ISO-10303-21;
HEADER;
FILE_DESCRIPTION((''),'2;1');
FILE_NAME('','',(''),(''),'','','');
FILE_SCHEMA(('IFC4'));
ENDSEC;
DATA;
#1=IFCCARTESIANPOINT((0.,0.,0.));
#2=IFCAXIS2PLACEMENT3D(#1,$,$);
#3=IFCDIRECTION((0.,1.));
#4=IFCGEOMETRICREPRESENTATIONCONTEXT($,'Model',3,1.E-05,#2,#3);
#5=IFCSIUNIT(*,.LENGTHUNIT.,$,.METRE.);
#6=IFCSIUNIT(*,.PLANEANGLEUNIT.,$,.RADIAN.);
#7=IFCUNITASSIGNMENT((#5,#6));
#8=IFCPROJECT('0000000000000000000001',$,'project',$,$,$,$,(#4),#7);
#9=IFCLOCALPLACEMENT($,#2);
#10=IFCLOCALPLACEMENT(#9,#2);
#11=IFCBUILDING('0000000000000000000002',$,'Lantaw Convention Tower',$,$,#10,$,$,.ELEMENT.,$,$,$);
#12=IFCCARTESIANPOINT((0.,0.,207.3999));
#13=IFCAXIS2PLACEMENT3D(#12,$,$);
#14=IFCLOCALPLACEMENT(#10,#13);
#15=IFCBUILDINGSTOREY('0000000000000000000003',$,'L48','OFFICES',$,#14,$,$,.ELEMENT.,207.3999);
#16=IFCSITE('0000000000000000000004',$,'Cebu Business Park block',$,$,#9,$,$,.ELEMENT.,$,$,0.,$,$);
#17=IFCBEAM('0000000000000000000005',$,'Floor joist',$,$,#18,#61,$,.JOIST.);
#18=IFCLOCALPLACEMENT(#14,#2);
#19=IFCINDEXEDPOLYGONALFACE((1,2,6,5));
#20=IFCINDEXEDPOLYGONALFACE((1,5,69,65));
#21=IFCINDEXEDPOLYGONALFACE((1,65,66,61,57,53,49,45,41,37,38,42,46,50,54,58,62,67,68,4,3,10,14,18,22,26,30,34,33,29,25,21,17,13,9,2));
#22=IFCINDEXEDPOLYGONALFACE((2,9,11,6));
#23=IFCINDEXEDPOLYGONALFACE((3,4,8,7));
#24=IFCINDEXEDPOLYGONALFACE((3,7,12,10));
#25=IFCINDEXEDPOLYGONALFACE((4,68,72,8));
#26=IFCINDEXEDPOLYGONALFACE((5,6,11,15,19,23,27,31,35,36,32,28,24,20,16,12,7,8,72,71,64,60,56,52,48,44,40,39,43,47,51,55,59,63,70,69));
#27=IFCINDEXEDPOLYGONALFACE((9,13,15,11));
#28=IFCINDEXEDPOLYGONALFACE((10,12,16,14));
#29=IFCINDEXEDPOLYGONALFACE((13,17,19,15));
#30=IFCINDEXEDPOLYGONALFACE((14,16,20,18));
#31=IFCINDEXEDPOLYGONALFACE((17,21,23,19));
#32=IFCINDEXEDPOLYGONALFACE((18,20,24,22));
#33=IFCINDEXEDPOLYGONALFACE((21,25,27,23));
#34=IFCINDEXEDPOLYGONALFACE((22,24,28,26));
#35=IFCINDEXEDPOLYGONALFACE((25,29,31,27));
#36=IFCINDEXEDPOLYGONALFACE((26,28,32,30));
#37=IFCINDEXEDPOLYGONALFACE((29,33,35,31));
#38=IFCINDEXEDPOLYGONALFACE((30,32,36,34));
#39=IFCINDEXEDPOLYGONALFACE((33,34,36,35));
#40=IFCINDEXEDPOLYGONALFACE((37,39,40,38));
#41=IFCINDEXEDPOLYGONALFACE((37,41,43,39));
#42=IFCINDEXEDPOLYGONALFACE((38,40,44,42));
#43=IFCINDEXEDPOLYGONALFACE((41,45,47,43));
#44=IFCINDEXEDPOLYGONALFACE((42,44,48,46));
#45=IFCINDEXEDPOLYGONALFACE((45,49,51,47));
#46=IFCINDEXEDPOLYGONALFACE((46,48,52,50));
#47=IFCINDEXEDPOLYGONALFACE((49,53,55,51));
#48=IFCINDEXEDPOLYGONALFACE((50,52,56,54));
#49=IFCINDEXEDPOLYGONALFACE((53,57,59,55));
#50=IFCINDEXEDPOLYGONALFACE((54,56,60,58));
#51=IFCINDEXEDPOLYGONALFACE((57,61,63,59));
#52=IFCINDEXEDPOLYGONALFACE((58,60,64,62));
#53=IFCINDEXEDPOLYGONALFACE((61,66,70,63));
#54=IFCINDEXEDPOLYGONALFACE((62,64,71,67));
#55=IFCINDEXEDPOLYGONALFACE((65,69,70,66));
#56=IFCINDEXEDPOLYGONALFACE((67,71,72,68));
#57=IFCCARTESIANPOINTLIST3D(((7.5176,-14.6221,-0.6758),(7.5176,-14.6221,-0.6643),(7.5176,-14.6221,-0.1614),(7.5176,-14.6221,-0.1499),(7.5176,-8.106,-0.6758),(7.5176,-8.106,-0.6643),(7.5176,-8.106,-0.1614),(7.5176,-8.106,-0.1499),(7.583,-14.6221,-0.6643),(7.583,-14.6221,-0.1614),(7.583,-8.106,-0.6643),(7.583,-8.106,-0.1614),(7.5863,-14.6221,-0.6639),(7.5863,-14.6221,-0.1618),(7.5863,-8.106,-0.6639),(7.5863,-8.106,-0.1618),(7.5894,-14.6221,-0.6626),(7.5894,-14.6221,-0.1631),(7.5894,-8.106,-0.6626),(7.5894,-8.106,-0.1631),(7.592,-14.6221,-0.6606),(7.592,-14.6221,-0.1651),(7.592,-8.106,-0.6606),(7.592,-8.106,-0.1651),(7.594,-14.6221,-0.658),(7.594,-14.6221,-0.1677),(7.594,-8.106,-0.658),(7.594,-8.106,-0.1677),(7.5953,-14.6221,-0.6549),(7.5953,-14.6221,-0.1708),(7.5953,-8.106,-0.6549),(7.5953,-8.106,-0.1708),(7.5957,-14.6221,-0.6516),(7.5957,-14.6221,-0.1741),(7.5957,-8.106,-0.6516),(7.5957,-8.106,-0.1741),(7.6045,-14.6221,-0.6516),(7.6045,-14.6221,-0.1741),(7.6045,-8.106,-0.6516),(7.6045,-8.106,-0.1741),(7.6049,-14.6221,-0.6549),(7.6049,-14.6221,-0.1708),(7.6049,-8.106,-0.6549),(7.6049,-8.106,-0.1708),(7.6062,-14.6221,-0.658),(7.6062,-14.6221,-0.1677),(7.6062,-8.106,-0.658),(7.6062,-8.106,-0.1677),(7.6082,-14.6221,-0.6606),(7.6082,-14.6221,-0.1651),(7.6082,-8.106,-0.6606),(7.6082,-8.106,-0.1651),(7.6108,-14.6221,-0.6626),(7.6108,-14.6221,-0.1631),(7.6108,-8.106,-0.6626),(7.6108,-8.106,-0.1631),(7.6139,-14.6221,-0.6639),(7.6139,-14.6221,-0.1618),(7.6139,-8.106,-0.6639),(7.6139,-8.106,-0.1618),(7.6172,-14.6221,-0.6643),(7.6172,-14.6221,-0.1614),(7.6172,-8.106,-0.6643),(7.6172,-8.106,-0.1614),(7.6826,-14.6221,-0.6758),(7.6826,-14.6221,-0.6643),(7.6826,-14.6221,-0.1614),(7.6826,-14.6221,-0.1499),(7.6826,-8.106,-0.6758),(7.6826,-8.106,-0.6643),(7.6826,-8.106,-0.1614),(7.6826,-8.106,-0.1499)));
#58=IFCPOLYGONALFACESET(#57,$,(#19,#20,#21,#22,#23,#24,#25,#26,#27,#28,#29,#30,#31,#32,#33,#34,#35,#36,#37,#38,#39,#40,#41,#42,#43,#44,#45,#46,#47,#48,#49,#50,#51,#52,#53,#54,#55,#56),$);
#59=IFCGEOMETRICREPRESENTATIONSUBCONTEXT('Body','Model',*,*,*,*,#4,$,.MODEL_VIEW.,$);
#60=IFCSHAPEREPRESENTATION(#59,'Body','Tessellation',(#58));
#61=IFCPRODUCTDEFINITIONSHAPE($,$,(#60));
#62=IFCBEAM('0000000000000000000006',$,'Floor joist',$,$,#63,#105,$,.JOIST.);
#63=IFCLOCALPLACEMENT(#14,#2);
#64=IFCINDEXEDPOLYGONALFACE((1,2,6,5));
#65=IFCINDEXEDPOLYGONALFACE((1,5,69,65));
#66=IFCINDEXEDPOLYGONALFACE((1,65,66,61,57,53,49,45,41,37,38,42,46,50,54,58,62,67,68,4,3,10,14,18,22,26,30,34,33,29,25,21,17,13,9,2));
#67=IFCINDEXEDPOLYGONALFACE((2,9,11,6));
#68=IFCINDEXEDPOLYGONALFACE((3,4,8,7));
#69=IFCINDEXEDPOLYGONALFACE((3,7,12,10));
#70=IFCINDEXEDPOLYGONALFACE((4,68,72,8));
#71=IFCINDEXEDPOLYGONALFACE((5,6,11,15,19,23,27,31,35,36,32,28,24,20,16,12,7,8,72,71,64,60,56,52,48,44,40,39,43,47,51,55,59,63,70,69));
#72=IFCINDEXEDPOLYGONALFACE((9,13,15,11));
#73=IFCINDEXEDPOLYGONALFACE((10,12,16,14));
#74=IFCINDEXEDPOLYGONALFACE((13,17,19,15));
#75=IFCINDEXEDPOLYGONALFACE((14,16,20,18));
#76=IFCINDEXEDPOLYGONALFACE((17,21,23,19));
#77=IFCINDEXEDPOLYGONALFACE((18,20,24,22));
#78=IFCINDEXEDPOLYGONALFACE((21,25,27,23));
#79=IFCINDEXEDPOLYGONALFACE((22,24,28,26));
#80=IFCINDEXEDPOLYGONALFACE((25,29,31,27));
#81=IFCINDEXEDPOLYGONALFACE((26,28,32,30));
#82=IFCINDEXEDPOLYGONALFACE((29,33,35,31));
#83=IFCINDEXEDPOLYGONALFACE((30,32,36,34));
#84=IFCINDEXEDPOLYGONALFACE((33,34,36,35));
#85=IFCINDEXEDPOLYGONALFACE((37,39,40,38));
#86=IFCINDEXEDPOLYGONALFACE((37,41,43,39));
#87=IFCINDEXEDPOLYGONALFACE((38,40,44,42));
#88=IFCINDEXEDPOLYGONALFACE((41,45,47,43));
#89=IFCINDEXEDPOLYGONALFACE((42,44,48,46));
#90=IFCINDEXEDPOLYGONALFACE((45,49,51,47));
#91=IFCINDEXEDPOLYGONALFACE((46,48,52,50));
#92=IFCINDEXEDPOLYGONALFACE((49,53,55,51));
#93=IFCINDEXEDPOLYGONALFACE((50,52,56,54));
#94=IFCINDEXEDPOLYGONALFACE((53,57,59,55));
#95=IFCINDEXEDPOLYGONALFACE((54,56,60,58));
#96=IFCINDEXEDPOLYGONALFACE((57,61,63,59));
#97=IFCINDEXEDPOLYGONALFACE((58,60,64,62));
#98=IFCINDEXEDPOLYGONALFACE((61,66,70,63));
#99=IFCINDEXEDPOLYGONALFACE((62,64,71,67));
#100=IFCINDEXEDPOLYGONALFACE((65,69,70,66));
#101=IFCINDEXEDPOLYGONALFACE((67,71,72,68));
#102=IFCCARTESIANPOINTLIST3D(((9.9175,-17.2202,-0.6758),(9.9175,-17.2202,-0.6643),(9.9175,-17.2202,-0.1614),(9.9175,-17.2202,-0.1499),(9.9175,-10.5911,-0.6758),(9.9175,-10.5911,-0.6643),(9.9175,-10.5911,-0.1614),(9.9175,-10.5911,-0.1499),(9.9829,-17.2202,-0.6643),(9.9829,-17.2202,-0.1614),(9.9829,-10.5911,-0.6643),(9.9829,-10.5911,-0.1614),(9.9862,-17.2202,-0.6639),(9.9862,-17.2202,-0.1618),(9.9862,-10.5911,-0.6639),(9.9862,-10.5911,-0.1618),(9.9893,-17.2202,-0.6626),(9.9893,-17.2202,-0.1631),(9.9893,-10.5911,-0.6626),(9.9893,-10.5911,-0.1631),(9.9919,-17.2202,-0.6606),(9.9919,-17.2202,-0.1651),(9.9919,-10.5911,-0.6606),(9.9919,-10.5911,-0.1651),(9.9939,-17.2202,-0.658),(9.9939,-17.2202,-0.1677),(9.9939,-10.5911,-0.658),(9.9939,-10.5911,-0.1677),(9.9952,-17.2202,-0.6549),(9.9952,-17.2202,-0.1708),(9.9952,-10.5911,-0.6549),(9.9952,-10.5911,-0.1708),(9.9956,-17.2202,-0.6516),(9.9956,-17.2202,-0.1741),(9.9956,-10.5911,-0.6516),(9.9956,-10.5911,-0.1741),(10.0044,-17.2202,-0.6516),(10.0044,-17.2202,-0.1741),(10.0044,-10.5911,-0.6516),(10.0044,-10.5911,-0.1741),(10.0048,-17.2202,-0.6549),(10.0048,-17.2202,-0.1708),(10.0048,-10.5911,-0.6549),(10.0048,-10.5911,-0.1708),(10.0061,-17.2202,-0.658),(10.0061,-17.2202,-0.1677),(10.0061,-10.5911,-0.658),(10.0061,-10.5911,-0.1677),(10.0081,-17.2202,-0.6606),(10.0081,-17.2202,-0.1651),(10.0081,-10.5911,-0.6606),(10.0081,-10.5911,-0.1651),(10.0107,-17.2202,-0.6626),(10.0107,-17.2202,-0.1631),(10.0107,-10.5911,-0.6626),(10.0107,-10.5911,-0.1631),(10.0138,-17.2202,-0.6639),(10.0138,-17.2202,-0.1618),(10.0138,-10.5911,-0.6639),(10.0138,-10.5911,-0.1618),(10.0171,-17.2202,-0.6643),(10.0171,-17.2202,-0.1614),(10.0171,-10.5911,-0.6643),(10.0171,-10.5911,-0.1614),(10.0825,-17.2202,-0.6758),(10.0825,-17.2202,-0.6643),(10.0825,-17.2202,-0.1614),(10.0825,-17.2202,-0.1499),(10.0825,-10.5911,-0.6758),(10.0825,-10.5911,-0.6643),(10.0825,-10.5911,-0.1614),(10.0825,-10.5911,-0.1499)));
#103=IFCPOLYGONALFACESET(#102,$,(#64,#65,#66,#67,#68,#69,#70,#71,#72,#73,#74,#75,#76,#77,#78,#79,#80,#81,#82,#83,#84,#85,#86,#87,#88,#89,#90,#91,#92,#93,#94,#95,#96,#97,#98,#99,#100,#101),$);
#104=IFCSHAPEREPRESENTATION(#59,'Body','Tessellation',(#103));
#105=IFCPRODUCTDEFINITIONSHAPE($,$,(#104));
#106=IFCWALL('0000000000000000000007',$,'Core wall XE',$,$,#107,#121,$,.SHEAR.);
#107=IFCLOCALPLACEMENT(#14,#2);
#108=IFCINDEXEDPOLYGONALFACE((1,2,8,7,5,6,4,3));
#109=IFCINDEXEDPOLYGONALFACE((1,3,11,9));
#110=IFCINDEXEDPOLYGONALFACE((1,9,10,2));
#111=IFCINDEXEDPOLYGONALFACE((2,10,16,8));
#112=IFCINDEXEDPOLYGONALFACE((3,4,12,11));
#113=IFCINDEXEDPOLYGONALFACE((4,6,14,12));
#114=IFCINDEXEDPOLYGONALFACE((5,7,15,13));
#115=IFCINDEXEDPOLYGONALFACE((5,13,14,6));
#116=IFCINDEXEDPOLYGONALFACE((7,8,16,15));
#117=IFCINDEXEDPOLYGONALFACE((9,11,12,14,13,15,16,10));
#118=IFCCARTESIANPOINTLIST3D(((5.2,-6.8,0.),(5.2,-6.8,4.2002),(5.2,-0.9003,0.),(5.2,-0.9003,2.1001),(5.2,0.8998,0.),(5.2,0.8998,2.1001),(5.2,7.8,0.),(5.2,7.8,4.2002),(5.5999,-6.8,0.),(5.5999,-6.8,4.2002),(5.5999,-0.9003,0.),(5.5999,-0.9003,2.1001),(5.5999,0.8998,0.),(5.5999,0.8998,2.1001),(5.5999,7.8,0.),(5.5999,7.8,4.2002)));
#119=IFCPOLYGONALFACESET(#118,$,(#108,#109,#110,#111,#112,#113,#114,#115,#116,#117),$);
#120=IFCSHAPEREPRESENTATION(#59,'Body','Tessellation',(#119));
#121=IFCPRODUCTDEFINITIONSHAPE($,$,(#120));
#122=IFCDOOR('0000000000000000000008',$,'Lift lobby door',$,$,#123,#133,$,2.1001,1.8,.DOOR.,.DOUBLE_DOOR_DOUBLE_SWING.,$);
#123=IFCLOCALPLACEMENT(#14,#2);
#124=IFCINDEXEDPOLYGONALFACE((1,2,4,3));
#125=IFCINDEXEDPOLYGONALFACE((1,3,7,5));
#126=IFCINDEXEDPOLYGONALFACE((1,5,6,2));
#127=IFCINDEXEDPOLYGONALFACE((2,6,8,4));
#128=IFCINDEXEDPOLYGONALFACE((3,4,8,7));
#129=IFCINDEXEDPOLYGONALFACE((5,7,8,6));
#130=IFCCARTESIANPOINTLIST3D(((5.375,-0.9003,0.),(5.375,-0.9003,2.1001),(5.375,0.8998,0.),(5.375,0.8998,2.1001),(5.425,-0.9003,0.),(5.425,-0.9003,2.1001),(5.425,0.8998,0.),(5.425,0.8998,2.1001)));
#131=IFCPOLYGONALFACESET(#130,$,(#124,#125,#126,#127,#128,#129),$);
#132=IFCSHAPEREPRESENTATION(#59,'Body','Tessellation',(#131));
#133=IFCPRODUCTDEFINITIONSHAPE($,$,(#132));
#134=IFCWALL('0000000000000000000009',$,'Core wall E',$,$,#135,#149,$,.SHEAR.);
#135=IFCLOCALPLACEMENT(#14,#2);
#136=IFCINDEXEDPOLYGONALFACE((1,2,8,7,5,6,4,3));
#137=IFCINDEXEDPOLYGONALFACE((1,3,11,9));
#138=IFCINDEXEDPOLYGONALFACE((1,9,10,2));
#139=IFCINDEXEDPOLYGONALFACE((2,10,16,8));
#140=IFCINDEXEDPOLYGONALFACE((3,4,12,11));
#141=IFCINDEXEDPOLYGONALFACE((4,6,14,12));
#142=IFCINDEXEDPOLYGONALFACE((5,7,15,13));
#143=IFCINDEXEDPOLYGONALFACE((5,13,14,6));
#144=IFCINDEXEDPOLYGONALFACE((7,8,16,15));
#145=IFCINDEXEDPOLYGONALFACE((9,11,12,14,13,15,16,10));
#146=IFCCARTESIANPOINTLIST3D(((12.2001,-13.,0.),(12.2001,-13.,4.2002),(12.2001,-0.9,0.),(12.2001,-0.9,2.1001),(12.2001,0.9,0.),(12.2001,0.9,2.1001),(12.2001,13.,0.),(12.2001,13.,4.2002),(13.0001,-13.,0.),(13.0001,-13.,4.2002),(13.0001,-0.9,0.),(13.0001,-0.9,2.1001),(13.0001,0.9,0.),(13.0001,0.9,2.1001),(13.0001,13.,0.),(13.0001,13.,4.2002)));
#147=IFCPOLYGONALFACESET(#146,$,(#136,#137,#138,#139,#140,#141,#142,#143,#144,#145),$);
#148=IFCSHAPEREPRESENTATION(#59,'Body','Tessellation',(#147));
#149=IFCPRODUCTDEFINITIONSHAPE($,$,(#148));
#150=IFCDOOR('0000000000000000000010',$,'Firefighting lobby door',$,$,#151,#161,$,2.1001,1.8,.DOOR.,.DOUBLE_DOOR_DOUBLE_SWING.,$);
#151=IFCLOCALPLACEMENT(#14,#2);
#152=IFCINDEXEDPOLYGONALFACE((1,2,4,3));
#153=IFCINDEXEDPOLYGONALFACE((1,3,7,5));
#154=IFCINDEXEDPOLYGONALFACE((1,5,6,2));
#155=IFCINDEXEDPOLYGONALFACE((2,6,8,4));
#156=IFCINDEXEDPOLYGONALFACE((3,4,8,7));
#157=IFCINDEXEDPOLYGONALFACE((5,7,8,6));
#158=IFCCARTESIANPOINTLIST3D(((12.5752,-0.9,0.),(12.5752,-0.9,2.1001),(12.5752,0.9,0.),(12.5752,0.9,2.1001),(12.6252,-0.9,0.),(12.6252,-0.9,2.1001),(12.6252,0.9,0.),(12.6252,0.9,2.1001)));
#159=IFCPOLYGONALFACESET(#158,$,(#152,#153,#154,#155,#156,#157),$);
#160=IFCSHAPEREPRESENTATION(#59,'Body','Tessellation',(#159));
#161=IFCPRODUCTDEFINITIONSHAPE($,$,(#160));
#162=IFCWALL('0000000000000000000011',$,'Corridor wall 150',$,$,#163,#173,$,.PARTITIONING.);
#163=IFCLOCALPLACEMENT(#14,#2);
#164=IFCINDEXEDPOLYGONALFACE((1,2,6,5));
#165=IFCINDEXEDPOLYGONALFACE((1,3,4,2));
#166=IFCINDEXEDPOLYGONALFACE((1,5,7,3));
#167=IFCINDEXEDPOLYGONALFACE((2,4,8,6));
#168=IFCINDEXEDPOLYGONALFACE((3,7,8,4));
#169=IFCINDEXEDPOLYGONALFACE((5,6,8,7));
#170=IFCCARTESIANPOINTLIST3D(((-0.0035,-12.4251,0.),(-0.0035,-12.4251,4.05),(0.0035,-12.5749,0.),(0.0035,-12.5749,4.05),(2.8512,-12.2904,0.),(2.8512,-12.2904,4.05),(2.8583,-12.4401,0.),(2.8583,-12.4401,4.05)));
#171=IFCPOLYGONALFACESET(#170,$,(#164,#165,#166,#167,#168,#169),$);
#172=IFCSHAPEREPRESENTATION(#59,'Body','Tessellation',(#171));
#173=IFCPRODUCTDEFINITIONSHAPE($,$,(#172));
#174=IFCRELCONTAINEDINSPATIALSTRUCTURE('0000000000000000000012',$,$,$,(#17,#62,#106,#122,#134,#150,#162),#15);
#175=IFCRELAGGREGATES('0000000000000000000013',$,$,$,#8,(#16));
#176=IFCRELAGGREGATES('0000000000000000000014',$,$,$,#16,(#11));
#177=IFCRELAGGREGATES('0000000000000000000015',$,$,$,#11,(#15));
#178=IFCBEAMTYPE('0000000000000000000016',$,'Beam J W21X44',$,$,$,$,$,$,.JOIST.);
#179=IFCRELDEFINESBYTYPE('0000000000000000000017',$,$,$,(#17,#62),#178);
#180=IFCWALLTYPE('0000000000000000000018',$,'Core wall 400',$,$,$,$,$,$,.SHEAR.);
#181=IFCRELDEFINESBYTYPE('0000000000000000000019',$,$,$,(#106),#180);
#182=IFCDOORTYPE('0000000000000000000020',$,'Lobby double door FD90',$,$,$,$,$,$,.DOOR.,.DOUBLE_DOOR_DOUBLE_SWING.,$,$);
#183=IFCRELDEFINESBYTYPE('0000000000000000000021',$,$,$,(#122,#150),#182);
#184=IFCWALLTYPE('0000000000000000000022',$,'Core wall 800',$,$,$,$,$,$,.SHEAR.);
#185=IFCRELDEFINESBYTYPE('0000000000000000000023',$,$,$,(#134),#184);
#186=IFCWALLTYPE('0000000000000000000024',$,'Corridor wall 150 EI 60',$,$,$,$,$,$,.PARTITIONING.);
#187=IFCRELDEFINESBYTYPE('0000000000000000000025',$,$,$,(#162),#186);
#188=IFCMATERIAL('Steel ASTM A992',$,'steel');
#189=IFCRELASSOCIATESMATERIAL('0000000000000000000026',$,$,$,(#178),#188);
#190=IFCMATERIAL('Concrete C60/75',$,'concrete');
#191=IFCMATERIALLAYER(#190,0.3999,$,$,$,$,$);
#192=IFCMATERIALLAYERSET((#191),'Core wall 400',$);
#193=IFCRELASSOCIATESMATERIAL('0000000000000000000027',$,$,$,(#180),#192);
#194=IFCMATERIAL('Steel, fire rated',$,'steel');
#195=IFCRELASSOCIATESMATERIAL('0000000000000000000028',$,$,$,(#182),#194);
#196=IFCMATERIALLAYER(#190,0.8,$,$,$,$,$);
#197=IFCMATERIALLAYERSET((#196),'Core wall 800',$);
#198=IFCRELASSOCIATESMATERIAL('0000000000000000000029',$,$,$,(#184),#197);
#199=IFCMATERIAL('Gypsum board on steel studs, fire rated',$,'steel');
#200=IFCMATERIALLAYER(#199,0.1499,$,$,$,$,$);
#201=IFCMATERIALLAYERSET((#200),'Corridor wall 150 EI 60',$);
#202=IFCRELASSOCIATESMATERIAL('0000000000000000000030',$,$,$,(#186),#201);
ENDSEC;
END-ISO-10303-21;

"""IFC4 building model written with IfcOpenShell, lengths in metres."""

from ifc_helpers import new_model, si_unit, direction, frame, frame_2d, origin, origin_2d, place, context, subcontext, project, spatial, rectangle, i_section, extrude, material, layer, layer_set, material_profile, profile_set, type_object, element, fill, save


model = new_model("IFC4")

# Units and contexts
model_context = context("Model", 3, precision=1e-05, world=origin(), true_north=direction((0.0, 1.0)))
body_context = subcontext(model_context, "Body", "Model", "MODEL_VIEW")
ifc_project = project(units=[si_unit("LENGTHUNIT", "METRE"), si_unit("PLANEANGLEUNIT", "RADIAN")], contexts=[model_context])

# Site, building, storey
site_placement = place(None, origin())
site = spatial("IfcSite", under=ifc_project, at=site_placement, Name="Cebu Business Park block", CompositionType="ELEMENT", RefElevation=0.0)
building_placement = place(site_placement, origin())
building = spatial("IfcBuilding", under=site, at=building_placement, Name="Lantaw Convention Tower", CompositionType="ELEMENT")
storey_placement = place(building_placement, frame((0.0, 0.0, 207.3999)))
storey = spatial("IfcBuildingStorey", under=building, at=storey_placement, Name="L48", Description="OFFICES", CompositionType="ELEMENT", Elevation=207.3999)

# Beams
ifc_material_1 = material(Name="Steel ASTM A992", Category="steel")
ifc_material_profile_1 = material_profile(ifc_material_1, i_section(OverallWidth=0.165, OverallDepth=0.5259, WebThickness=0.0088, FlangeThickness=0.0115, FilletRadius=0.0127, at=origin_2d()), Name="W21X44")
ifc_profile_set_1 = profile_set([ifc_material_profile_1], Name="Steel ASTM A992")
beam_type_1 = type_object("IfcBeamType", Name="Beam J W21X44", PredefinedType="JOIST", material=ifc_profile_set_1)
beam_1_placement = place(storey_placement, frame((7.6001, -14.6221, -0.4128), z_axis=(0.0, 1.0, 0.0), x_axis=(-1.0, 0.0, 0.0)))
element("IfcBeam", 1, at=beam_1_placement, inside=storey, type_object=beam_type_1, Name="Floor joist", PredefinedType="JOIST", context=body_context, shape_type="SweptSolid", body=[
    extrude(i_section(OverallWidth=0.165, OverallDepth=0.5259, WebThickness=0.0088, FlangeThickness=0.0115, FilletRadius=0.0127, at=origin_2d()), origin(), (0.0, 0.0, 1.0), 6.5161),
])
beam_2_placement = place(storey_placement, frame((10.0, -17.2202, -0.4128), z_axis=(0.0, 1.0, 0.0), x_axis=(-1.0, 0.0, 0.0)))
element("IfcBeam", 2, at=beam_2_placement, inside=storey, type_object=beam_type_1, Name="Floor joist", PredefinedType="JOIST", context=body_context, shape_type="SweptSolid", body=[
    extrude(i_section(OverallWidth=0.165, OverallDepth=0.5259, WebThickness=0.0088, FlangeThickness=0.0115, FilletRadius=0.0127, at=origin_2d()), origin(), (0.0, 0.0, 1.0), 6.6292),
])

# Walls, openings, doors
ifc_material_2 = material(Name="Concrete C60/75", Category="concrete")
ifc_layer_1 = layer(ifc_material_2, 0.3999)
ifc_layer_set_1 = layer_set([ifc_layer_1], Name="Core wall 400")
wall_type_1 = type_object("IfcWallType", Name="Core wall 400", PredefinedType="SHEAR", material=ifc_layer_set_1)
wall_1_placement = place(storey_placement, frame((5.3999, -6.8, 0.0), z_axis=(0.0, 0.0, 1.0), x_axis=(0.0, 1.0, 0.0)))
wall_1 = element("IfcWall", 3, at=wall_1_placement, inside=storey, type_object=wall_type_1, Name="Core wall XE", PredefinedType="SHEAR", context=body_context, shape_type="SweptSolid", body=[
    extrude(rectangle(XDim=14.6001, YDim=0.3999, at=frame_2d((7.3, 0.0))), origin(), (0.0, 0.0, 1.0), 4.2002),
])
opening_1_placement = place(wall_1_placement, frame((5.8999, 0.0, 0.0)))
opening_1 = element("IfcOpeningElement", 4, at=opening_1_placement, cuts=wall_1, PredefinedType="OPENING", context=body_context, shape_type="SweptSolid", body=[
    extrude(rectangle(XDim=1.8, YDim=2.1001, at=frame_2d((0.8999, 1.05))), frame((0.0, 0.21, 0.0), z_axis=(0.0, -1.0, 0.0), x_axis=(1.0, 0.0, 0.0)), (0.0, 0.0, 1.0), 0.4199),
])
ifc_material_3 = material(Name="Steel, fire rated", Category="steel")
door_type_1 = type_object("IfcDoorType", Name="Lobby double door FD90", OperationType="DOUBLE_DOOR_DOUBLE_SWING", PredefinedType="DOOR", material=ifc_material_3)
door_1_placement = place(opening_1_placement, origin())
door_1 = element("IfcDoor", 5, at=door_1_placement, inside=storey, type_object=door_type_1, Name="Lift lobby door", OperationType="DOUBLE_DOOR_DOUBLE_SWING", OverallHeight=2.1001, OverallWidth=1.8, PredefinedType="DOOR", context=body_context, shape_type="SweptSolid", body=[
    extrude(rectangle(XDim=1.8, YDim=2.1001, at=frame_2d((0.8999, 1.05))), frame((0.0, 0.0249, 0.0), z_axis=(0.0, -1.0, 0.0), x_axis=(1.0, 0.0, 0.0)), (0.0, 0.0, 1.0), 0.05),
])
fill(opening_1, door_1)
ifc_layer_2 = layer(ifc_material_2, 0.8)
ifc_layer_set_2 = layer_set([ifc_layer_2], Name="Core wall 800")
wall_type_2 = type_object("IfcWallType", Name="Core wall 800", PredefinedType="SHEAR", material=ifc_layer_set_2)
wall_2_placement = place(storey_placement, frame((12.6001, -13.0, 0.0), z_axis=(0.0, 0.0, 1.0), x_axis=(0.0, 1.0, 0.0)))
wall_2 = element("IfcWall", 6, at=wall_2_placement, inside=storey, type_object=wall_type_2, Name="Core wall E", PredefinedType="SHEAR", context=body_context, shape_type="SweptSolid", body=[
    extrude(rectangle(XDim=26.0, YDim=0.8, at=frame_2d((13.0, 0.0))), origin(), (0.0, 0.0, 1.0), 4.2002),
])
opening_2_placement = place(wall_2_placement, frame((12.1001, 0.0, 0.0)))
opening_2 = element("IfcOpeningElement", 7, at=opening_2_placement, cuts=wall_2, PredefinedType="OPENING", context=body_context, shape_type="SweptSolid", body=[
    extrude(rectangle(XDim=1.8, YDim=2.1001, at=frame_2d((0.8999, 1.05))), frame((0.0, 0.4099, 0.0), z_axis=(0.0, -1.0, 0.0), x_axis=(1.0, 0.0, 0.0)), (0.0, 0.0, 1.0), 0.8201),
])
door_2_placement = place(opening_2_placement, origin())
door_2 = element("IfcDoor", 8, at=door_2_placement, inside=storey, type_object=door_type_1, Name="Firefighting lobby door", OperationType="DOUBLE_DOOR_DOUBLE_SWING", OverallHeight=2.1001, OverallWidth=1.8, PredefinedType="DOOR", context=body_context, shape_type="SweptSolid", body=[
    extrude(rectangle(XDim=1.8, YDim=2.1001, at=frame_2d((0.8999, 1.05))), frame((0.0, 0.0249, 0.0), z_axis=(0.0, -1.0, 0.0), x_axis=(1.0, 0.0, 0.0)), (0.0, 0.0, 1.0), 0.05),
])
fill(opening_2, door_2)

# Wall
ifc_material_4 = material(Name="Gypsum board on steel studs, fire rated", Category="steel")
ifc_layer_3 = layer(ifc_material_4, 0.1499)
ifc_layer_set_3 = layer_set([ifc_layer_3], Name="Corridor wall 150 EI 60")
wall_type_3 = type_object("IfcWallType", Name="Corridor wall 150 EI 60", PredefinedType="PARTITIONING", material=ifc_layer_set_3)
wall_3_placement = place(storey_placement, frame((0.0, -12.5, 0.0), z_axis=(0.0, 0.0, 1.0), x_axis=(0.998888, 0.047155, 0.0)))
element("IfcWall", 9, at=wall_3_placement, inside=storey, type_object=wall_type_3, Name="Corridor wall 150", PredefinedType="PARTITIONING", context=body_context, shape_type="SweptSolid", body=[
    extrude(rectangle(XDim=2.8579, YDim=0.1499, at=frame_2d((1.429, 0.0))), origin(), (0.0, 0.0, 1.0), 4.05),
])

save(model, "model.ifc")
